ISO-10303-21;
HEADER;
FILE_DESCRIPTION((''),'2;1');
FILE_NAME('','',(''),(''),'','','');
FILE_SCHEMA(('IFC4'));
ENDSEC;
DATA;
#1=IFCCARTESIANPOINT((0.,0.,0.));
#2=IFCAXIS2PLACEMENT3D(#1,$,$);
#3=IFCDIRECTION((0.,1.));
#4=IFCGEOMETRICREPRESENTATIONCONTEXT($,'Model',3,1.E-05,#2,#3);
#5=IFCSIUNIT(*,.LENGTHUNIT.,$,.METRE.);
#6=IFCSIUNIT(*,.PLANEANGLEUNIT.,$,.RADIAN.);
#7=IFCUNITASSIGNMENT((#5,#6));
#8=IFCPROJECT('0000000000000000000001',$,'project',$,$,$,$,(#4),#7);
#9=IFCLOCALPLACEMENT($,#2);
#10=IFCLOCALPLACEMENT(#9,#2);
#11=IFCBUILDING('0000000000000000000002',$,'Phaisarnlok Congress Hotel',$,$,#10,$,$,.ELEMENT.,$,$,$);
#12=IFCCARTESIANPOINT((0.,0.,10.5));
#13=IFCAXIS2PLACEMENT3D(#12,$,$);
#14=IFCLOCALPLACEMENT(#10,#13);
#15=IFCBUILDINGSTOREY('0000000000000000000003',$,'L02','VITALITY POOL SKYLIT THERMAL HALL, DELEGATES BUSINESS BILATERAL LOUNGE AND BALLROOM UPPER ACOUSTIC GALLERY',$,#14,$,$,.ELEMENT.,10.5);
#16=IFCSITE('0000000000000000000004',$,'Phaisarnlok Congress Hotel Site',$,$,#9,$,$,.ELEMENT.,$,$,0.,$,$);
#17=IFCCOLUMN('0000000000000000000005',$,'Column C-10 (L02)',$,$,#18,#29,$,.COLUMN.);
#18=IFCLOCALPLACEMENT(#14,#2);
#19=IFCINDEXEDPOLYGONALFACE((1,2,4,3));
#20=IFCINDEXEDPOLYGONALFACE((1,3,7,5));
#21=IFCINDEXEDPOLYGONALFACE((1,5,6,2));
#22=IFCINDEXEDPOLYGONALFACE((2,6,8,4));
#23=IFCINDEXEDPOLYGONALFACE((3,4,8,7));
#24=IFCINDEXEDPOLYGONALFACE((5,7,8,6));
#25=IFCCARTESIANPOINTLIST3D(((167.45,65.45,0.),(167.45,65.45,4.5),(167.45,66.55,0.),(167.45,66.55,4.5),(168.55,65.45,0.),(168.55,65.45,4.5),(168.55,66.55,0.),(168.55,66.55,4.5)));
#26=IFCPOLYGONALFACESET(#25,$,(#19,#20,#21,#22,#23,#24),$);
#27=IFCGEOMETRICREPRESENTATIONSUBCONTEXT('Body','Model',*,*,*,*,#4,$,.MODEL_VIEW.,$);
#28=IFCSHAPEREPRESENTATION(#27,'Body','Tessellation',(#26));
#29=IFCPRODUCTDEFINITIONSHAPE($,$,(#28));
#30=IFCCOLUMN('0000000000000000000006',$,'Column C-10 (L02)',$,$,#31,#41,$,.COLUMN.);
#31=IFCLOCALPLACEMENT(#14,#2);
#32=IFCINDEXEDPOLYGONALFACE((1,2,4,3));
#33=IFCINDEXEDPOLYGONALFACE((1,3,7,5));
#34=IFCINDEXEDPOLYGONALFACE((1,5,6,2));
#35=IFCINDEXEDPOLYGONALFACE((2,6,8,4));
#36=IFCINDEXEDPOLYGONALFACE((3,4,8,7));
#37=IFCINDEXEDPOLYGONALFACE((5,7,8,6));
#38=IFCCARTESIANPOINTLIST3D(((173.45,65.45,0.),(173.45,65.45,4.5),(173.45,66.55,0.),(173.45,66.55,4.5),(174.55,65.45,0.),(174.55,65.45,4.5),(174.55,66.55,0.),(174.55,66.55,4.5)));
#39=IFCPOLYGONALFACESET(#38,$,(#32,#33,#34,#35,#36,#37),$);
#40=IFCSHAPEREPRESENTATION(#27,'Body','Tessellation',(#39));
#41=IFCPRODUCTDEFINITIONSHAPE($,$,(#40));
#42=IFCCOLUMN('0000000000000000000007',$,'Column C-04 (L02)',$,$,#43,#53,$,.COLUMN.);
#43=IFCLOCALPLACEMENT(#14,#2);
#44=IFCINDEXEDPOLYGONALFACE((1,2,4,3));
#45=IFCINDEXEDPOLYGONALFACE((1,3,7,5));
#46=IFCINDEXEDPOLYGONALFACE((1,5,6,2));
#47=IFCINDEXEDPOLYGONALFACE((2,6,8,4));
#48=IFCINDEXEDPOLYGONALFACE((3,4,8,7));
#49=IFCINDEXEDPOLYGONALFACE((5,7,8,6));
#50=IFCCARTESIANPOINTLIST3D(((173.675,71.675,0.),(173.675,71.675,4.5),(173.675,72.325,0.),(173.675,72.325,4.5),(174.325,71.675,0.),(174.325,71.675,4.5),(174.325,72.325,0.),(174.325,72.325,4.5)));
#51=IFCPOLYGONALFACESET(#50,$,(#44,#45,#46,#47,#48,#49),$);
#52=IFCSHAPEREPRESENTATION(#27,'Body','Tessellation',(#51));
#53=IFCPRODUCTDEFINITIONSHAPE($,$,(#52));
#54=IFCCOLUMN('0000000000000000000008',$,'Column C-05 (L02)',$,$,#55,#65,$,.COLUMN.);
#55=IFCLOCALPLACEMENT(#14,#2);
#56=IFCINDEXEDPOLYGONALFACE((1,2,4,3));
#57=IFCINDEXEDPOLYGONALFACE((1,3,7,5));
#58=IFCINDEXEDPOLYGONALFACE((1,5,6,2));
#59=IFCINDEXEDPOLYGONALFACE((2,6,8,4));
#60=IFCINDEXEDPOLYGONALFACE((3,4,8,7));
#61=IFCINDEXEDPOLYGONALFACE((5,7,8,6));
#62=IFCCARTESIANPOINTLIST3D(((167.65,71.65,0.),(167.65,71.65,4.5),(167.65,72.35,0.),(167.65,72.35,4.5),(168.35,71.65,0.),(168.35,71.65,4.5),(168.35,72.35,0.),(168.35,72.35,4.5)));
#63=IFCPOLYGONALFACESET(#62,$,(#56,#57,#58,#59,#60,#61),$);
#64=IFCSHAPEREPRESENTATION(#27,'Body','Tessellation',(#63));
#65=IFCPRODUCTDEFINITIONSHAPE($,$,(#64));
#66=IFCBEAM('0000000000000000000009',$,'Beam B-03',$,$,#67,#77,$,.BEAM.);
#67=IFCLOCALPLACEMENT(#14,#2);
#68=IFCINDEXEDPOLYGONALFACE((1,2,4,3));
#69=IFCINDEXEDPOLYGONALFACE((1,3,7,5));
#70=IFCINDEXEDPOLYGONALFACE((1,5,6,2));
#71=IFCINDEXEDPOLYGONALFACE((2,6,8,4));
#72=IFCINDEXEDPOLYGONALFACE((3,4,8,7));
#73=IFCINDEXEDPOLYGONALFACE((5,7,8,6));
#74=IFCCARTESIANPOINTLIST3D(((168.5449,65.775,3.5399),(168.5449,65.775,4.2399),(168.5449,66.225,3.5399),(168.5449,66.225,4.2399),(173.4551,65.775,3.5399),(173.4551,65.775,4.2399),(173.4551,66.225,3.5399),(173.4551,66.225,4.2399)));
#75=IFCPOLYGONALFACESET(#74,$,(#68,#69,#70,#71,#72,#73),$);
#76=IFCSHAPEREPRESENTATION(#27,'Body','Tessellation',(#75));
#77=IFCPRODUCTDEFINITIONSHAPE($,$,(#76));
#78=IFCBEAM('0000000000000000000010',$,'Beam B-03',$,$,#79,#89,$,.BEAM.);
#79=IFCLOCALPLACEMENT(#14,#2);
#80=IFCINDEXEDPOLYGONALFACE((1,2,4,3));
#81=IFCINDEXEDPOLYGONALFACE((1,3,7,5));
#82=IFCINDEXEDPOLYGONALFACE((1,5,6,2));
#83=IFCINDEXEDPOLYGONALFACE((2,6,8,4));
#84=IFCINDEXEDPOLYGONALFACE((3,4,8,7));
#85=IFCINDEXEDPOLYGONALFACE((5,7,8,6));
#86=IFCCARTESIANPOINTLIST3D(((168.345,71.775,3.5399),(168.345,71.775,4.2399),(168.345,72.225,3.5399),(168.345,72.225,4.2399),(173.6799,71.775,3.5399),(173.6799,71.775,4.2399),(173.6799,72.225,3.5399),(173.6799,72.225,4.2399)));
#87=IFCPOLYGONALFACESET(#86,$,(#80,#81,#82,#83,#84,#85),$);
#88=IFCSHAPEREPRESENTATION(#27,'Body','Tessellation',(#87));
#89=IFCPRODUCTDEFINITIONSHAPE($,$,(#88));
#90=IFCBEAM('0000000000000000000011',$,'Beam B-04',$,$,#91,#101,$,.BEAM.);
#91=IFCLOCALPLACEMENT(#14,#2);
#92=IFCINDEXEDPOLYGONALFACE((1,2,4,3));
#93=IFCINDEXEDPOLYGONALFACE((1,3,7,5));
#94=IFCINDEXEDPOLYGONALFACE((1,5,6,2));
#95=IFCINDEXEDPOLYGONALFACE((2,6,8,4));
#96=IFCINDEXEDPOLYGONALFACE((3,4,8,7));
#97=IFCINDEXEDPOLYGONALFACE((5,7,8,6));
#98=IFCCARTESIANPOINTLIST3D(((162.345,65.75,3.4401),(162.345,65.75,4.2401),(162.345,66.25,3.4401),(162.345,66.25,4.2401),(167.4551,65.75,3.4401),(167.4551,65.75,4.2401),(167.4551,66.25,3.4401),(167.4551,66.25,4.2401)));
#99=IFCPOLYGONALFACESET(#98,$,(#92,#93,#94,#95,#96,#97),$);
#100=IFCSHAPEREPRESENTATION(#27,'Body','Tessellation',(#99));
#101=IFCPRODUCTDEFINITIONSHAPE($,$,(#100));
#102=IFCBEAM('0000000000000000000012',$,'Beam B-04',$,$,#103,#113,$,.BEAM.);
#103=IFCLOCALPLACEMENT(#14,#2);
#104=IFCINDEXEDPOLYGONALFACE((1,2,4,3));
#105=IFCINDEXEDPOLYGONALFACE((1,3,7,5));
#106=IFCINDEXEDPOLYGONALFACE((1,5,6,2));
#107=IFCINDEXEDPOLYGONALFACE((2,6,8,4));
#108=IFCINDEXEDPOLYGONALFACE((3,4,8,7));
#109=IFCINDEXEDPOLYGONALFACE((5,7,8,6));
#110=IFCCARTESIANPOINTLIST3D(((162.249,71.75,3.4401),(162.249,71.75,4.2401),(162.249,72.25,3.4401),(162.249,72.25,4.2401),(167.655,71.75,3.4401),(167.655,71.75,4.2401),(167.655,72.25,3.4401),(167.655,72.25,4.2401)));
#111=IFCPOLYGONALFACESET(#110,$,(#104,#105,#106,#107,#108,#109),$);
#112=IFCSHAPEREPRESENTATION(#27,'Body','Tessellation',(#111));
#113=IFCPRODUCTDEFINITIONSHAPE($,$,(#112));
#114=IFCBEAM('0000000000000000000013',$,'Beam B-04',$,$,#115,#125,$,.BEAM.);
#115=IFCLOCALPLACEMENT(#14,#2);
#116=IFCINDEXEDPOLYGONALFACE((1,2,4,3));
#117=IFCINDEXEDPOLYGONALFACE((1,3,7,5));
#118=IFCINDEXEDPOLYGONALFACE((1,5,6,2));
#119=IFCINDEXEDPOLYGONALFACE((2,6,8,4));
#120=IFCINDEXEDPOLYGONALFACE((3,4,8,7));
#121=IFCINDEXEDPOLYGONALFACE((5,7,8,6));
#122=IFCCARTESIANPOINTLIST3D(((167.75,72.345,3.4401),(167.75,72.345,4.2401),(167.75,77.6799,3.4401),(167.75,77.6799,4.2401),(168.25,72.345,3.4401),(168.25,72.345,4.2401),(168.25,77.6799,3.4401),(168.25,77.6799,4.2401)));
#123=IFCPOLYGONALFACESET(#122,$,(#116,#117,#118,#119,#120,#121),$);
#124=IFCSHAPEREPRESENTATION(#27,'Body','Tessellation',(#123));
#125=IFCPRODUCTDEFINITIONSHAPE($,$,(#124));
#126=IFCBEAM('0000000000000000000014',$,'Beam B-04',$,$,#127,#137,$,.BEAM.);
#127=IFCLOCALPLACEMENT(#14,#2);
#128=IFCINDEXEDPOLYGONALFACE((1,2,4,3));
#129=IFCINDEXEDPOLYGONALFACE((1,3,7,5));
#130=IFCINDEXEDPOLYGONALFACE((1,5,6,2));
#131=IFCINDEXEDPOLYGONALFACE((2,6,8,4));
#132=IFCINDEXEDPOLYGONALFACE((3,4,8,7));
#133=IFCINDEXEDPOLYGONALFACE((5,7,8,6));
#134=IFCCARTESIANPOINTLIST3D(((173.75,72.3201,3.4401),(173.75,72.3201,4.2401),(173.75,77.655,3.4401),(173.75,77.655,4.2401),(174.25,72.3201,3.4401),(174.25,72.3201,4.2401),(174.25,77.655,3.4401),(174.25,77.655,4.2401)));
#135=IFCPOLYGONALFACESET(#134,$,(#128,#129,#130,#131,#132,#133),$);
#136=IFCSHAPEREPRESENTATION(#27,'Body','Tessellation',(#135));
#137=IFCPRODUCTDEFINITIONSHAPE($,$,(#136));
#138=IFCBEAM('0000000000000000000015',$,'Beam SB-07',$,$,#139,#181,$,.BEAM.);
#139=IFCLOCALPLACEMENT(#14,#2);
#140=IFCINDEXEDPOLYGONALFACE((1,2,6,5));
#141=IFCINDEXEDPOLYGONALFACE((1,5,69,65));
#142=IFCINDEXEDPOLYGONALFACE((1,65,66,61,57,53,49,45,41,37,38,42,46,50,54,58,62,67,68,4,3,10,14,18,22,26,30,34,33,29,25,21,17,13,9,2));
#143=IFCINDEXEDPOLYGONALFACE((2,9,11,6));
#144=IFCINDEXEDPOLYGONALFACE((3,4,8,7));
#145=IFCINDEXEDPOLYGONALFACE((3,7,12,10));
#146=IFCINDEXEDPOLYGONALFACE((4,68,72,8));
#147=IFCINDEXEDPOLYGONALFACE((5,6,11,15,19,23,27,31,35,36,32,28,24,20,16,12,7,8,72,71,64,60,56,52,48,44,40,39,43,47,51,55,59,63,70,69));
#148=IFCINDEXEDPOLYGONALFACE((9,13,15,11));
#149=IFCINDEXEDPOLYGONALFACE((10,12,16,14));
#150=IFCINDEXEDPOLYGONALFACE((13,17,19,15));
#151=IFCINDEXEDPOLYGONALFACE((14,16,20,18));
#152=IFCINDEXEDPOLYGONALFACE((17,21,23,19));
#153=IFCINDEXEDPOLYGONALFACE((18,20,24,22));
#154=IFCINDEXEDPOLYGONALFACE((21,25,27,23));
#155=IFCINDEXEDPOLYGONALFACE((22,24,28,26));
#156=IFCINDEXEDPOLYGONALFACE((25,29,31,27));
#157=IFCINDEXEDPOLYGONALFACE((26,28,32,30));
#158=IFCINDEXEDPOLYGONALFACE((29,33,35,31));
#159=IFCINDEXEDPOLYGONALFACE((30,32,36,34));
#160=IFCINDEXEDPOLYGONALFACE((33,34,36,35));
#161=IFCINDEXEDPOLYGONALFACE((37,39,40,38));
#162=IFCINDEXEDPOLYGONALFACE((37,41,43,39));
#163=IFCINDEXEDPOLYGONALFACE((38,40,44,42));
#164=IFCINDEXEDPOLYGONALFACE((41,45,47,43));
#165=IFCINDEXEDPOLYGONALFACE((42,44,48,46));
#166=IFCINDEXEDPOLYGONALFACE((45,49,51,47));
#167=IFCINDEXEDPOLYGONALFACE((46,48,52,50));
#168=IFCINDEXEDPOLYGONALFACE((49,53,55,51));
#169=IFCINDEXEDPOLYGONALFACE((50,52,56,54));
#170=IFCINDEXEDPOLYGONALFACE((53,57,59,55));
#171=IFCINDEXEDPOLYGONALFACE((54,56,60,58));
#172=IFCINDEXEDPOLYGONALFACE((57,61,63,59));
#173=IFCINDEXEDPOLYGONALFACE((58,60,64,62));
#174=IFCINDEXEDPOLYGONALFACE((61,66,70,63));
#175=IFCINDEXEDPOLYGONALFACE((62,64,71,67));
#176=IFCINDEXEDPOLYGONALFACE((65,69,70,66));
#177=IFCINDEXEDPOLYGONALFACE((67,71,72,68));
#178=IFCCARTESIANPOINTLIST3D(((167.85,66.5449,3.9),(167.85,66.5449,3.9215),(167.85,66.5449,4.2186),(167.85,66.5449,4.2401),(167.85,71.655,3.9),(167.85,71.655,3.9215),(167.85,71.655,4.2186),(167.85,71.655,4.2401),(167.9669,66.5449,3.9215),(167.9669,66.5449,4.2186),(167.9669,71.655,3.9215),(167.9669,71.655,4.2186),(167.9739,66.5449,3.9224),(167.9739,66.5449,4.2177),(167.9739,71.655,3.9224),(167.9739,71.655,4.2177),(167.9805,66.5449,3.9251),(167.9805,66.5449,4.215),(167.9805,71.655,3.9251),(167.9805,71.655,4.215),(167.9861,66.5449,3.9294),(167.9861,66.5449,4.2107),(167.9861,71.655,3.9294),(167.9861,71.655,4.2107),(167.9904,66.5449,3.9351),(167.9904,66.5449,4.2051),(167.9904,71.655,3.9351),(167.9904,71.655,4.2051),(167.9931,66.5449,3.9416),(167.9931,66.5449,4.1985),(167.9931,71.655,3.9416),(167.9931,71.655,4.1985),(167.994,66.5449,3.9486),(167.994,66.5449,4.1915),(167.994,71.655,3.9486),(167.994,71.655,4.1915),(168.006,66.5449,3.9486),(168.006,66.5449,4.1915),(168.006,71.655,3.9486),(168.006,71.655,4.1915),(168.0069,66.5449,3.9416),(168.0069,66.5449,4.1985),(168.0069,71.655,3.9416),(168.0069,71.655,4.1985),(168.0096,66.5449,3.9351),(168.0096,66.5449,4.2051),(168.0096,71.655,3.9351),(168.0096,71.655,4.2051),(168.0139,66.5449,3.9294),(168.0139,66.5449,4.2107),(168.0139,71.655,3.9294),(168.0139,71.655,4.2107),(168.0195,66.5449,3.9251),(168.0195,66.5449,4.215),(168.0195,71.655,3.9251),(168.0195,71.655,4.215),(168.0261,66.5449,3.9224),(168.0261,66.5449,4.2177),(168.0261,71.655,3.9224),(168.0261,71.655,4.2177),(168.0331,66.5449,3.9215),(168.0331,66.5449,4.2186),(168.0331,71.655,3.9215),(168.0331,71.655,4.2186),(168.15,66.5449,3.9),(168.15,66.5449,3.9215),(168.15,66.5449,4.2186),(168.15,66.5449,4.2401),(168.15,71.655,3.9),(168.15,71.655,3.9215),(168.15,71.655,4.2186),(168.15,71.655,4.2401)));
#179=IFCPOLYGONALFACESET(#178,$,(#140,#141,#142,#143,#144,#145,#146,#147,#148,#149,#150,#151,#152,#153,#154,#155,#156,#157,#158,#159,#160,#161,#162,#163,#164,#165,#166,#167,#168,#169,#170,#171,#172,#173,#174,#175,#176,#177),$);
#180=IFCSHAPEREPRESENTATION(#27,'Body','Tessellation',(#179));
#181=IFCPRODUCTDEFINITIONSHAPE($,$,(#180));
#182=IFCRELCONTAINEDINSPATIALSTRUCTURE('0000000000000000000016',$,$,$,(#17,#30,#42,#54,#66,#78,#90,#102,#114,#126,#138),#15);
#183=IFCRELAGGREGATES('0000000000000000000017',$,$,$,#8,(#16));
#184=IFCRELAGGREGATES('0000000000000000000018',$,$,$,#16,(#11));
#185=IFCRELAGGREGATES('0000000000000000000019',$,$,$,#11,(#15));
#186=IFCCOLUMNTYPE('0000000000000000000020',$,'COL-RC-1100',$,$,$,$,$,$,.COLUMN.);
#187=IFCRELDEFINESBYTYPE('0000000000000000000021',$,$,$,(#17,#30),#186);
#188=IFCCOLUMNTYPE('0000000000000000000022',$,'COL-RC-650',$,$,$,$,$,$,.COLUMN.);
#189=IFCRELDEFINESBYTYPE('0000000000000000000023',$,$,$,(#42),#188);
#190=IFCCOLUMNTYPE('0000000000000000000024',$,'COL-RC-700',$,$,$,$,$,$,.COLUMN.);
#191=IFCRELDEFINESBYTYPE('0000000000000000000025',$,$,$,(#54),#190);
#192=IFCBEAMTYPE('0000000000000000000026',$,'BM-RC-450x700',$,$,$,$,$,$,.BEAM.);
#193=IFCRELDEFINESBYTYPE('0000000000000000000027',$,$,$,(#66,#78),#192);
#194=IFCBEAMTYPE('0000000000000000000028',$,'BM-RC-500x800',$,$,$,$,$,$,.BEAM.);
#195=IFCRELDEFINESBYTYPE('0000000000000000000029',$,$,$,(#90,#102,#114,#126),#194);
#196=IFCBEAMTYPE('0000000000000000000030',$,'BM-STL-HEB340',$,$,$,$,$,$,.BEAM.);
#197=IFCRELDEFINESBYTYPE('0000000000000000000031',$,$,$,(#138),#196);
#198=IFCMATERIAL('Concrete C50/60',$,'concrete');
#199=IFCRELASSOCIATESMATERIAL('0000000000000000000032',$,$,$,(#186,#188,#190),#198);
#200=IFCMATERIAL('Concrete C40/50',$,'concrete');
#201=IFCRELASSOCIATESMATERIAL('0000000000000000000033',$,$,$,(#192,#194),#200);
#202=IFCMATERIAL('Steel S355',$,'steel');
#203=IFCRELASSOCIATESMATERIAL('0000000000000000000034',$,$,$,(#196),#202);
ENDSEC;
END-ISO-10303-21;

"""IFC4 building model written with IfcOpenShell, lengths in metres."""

from ifc_helpers import new_model, si_unit, direction, frame, origin, origin_2d, place, context, subcontext, project, spatial, rectangle, i_section, extrude, material, material_profile, profile_set, type_object, element, save


model = new_model("IFC4")

# Units and contexts
model_context = context("Model", 3, precision=1e-05, world=origin(), true_north=direction((0.0, 1.0)))
body_context = subcontext(model_context, "Body", "Model", "MODEL_VIEW")
ifc_project = project(units=[si_unit("LENGTHUNIT", "METRE"), si_unit("PLANEANGLEUNIT", "RADIAN")], contexts=[model_context])

# Site, building, storey
site_placement = place(None, origin())
site = spatial("IfcSite", under=ifc_project, at=site_placement, Name="Phaisarnlok Congress Hotel Site", CompositionType="ELEMENT", RefElevation=0.0)
building_placement = place(site_placement, origin())
building = spatial("IfcBuilding", under=site, at=building_placement, Name="Phaisarnlok Congress Hotel", CompositionType="ELEMENT")
storey_placement = place(building_placement, frame((0.0, 0.0, 10.5)))
storey = spatial("IfcBuildingStorey", under=building, at=storey_placement, Name="L02", Description="VITALITY POOL SKYLIT THERMAL HALL, DELEGATES BUSINESS BILATERAL LOUNGE AND BALLROOM UPPER ACOUSTIC GALLERY", CompositionType="ELEMENT", Elevation=10.5)

# Columns
ifc_material_1 = material(Name="Concrete C50/60", Category="concrete")
ifc_material_profile_1 = material_profile(ifc_material_1, rectangle(XDim=1.1001, YDim=1.1001, at=origin_2d()), Name="RC 1100x1100")
ifc_profile_set_1 = profile_set([ifc_material_profile_1], Name="Concrete C50/60")
column_type_1 = type_object("IfcColumnType", Name="COL-RC-1100", PredefinedType="COLUMN", material=ifc_profile_set_1)
for number, where, z_axis, x_axis, name in (
    (1, (168.0, 66.0, 0.0), (0.0, 0.0, 1.0), (1.0, 0.0, 0.0), "Column C-10 (L02)"),
    (2, (174.0, 66.0, 0.0), (0.0, 0.0, 1.0), (1.0, 0.0, 0.0), "Column C-10 (L02)"),
):
    element("IfcColumn", number, at=place(storey_placement, frame(where, z_axis=z_axis, x_axis=x_axis)), inside=storey, type_object=column_type_1, Name=name, PredefinedType="COLUMN", context=body_context, shape_type="SweptSolid", body=[
        extrude(rectangle(XDim=1.1001, YDim=1.1001, at=origin_2d()), origin(), (0.0, 0.0, 1.0), 4.5),
    ])
ifc_material_profile_2 = material_profile(ifc_material_1, rectangle(XDim=0.6499, YDim=0.6499, at=origin_2d()), Name="RC 650x650")
ifc_profile_set_2 = profile_set([ifc_material_profile_2], Name="Concrete C50/60")
column_type_2 = type_object("IfcColumnType", Name="COL-RC-650", PredefinedType="COLUMN", material=ifc_profile_set_2)
column_1_placement = place(storey_placement, frame((174.0, 72.0, 0.0), z_axis=(0.0, 0.0, 1.0), x_axis=(1.0, 0.0, 0.0)))
element("IfcColumn", 3, at=column_1_placement, inside=storey, type_object=column_type_2, Name="Column C-04 (L02)", PredefinedType="COLUMN", context=body_context, shape_type="SweptSolid", body=[
    extrude(rectangle(XDim=0.6499, YDim=0.6499, at=origin_2d()), origin(), (0.0, 0.0, 1.0), 4.5),
])
ifc_material_profile_3 = material_profile(ifc_material_1, rectangle(XDim=0.7, YDim=0.7, at=origin_2d()), Name="RC 700x700")
ifc_profile_set_3 = profile_set([ifc_material_profile_3], Name="Concrete C50/60")
column_type_3 = type_object("IfcColumnType", Name="COL-RC-700", PredefinedType="COLUMN", material=ifc_profile_set_3)
column_2_placement = place(storey_placement, frame((168.0, 72.0, 0.0), z_axis=(0.0, 0.0, 1.0), x_axis=(1.0, 0.0, 0.0)))
element("IfcColumn", 4, at=column_2_placement, inside=storey, type_object=column_type_3, Name="Column C-05 (L02)", PredefinedType="COLUMN", context=body_context, shape_type="SweptSolid", body=[
    extrude(rectangle(XDim=0.7, YDim=0.7, at=origin_2d()), origin(), (0.0, 0.0, 1.0), 4.5),
])

# Beams
ifc_material_2 = material(Name="Concrete C40/50", Category="concrete")
ifc_material_profile_4 = material_profile(ifc_material_2, rectangle(XDim=0.45, YDim=0.7, at=origin_2d()), Name="RC 450x700")
ifc_profile_set_4 = profile_set([ifc_material_profile_4], Name="Concrete C40/50")
beam_type_1 = type_object("IfcBeamType", Name="BM-RC-450x700", PredefinedType="BEAM", material=ifc_profile_set_4)
beam_1_placement = place(storey_placement, frame((168.5449, 66.0, 3.8899), z_axis=(1.0, 0.0, 0.0), x_axis=(0.0, 1.0, 0.0)))
element("IfcBeam", 5, at=beam_1_placement, inside=storey, type_object=beam_type_1, Name="Beam B-03", PredefinedType="BEAM", context=body_context, shape_type="SweptSolid", body=[
    extrude(rectangle(XDim=0.45, YDim=0.7, at=origin_2d()), origin(), (0.0, 0.0, 1.0), 4.9102),
])
beam_2_placement = place(storey_placement, frame((168.345, 72.0, 3.8899), z_axis=(1.0, 0.0, 0.0), x_axis=(0.0, 1.0, 0.0)))
element("IfcBeam", 6, at=beam_2_placement, inside=storey, type_object=beam_type_1, Name="Beam B-03", PredefinedType="BEAM", context=body_context, shape_type="SweptSolid", body=[
    extrude(rectangle(XDim=0.45, YDim=0.7, at=origin_2d()), origin(), (0.0, 0.0, 1.0), 5.335),
])
ifc_material_profile_5 = material_profile(ifc_material_2, rectangle(XDim=0.5, YDim=0.8, at=origin_2d()), Name="RC 500x800")
ifc_profile_set_5 = profile_set([ifc_material_profile_5], Name="Concrete C40/50")
beam_type_2 = type_object("IfcBeamType", Name="BM-RC-500x800", PredefinedType="BEAM", material=ifc_profile_set_5)
beam_3_placement = place(storey_placement, frame((162.345, 66.0, 3.8401), z_axis=(1.0, 0.0, 0.0), x_axis=(0.0, 1.0, 0.0)))
element("IfcBeam", 7, at=beam_3_placement, inside=storey, type_object=beam_type_2, Name="Beam B-04", PredefinedType="BEAM", context=body_context, shape_type="SweptSolid", body=[
    extrude(rectangle(XDim=0.5, YDim=0.8, at=origin_2d()), origin(), (0.0, 0.0, 1.0), 5.1101),
])
beam_4_placement = place(storey_placement, frame((162.249, 72.0, 3.8401), z_axis=(1.0, 0.0, 0.0), x_axis=(0.0, 1.0, 0.0)))
element("IfcBeam", 8, at=beam_4_placement, inside=storey, type_object=beam_type_2, Name="Beam B-04", PredefinedType="BEAM", context=body_context, shape_type="SweptSolid", body=[
    extrude(rectangle(XDim=0.5, YDim=0.8, at=origin_2d()), origin(), (0.0, 0.0, 1.0), 5.406),
])
for number, where, z_axis, x_axis, name in (
    (9, (168.0, 72.345, 3.8401), (0.0, 1.0, 0.0), (-1.0, 0.0, 0.0), "Beam B-04"),
    (10, (174.0, 72.3201, 3.8401), (0.0, 1.0, 0.0), (-1.0, 0.0, 0.0), "Beam B-04"),
):
    element("IfcBeam", number, at=place(storey_placement, frame(where, z_axis=z_axis, x_axis=x_axis)), inside=storey, type_object=beam_type_2, Name=name, PredefinedType="BEAM", context=body_context, shape_type="SweptSolid", body=[
        extrude(rectangle(XDim=0.5, YDim=0.8, at=origin_2d()), origin(), (0.0, 0.0, 1.0), 5.335),
    ])
ifc_material_3 = material(Name="Steel S355", Category="steel")
ifc_material_profile_6 = material_profile(ifc_material_3, i_section(OverallWidth=0.3, OverallDepth=0.3401, WebThickness=0.012, FlangeThickness=0.0215, FilletRadius=0.0271, at=origin_2d()), Name="HEB 340")
ifc_profile_set_6 = profile_set([ifc_material_profile_6], Name="Steel S355")
beam_type_3 = type_object("IfcBeamType", Name="BM-STL-HEB340", PredefinedType="BEAM", material=ifc_profile_set_6)
beam_5_placement = place(storey_placement, frame((168.0, 66.5449, 4.0701), z_axis=(0.0, 1.0, 0.0), x_axis=(-1.0, 0.0, 0.0)))
element("IfcBeam", 11, at=beam_5_placement, inside=storey, type_object=beam_type_3, Name="Beam SB-07", PredefinedType="BEAM", context=body_context, shape_type="SweptSolid", body=[
    extrude(i_section(OverallWidth=0.3, OverallDepth=0.3401, WebThickness=0.012, FlangeThickness=0.0215, FilletRadius=0.0271, at=origin_2d()), origin(), (0.0, 0.0, 1.0), 5.1101),
])

save(model, "model.ifc")
